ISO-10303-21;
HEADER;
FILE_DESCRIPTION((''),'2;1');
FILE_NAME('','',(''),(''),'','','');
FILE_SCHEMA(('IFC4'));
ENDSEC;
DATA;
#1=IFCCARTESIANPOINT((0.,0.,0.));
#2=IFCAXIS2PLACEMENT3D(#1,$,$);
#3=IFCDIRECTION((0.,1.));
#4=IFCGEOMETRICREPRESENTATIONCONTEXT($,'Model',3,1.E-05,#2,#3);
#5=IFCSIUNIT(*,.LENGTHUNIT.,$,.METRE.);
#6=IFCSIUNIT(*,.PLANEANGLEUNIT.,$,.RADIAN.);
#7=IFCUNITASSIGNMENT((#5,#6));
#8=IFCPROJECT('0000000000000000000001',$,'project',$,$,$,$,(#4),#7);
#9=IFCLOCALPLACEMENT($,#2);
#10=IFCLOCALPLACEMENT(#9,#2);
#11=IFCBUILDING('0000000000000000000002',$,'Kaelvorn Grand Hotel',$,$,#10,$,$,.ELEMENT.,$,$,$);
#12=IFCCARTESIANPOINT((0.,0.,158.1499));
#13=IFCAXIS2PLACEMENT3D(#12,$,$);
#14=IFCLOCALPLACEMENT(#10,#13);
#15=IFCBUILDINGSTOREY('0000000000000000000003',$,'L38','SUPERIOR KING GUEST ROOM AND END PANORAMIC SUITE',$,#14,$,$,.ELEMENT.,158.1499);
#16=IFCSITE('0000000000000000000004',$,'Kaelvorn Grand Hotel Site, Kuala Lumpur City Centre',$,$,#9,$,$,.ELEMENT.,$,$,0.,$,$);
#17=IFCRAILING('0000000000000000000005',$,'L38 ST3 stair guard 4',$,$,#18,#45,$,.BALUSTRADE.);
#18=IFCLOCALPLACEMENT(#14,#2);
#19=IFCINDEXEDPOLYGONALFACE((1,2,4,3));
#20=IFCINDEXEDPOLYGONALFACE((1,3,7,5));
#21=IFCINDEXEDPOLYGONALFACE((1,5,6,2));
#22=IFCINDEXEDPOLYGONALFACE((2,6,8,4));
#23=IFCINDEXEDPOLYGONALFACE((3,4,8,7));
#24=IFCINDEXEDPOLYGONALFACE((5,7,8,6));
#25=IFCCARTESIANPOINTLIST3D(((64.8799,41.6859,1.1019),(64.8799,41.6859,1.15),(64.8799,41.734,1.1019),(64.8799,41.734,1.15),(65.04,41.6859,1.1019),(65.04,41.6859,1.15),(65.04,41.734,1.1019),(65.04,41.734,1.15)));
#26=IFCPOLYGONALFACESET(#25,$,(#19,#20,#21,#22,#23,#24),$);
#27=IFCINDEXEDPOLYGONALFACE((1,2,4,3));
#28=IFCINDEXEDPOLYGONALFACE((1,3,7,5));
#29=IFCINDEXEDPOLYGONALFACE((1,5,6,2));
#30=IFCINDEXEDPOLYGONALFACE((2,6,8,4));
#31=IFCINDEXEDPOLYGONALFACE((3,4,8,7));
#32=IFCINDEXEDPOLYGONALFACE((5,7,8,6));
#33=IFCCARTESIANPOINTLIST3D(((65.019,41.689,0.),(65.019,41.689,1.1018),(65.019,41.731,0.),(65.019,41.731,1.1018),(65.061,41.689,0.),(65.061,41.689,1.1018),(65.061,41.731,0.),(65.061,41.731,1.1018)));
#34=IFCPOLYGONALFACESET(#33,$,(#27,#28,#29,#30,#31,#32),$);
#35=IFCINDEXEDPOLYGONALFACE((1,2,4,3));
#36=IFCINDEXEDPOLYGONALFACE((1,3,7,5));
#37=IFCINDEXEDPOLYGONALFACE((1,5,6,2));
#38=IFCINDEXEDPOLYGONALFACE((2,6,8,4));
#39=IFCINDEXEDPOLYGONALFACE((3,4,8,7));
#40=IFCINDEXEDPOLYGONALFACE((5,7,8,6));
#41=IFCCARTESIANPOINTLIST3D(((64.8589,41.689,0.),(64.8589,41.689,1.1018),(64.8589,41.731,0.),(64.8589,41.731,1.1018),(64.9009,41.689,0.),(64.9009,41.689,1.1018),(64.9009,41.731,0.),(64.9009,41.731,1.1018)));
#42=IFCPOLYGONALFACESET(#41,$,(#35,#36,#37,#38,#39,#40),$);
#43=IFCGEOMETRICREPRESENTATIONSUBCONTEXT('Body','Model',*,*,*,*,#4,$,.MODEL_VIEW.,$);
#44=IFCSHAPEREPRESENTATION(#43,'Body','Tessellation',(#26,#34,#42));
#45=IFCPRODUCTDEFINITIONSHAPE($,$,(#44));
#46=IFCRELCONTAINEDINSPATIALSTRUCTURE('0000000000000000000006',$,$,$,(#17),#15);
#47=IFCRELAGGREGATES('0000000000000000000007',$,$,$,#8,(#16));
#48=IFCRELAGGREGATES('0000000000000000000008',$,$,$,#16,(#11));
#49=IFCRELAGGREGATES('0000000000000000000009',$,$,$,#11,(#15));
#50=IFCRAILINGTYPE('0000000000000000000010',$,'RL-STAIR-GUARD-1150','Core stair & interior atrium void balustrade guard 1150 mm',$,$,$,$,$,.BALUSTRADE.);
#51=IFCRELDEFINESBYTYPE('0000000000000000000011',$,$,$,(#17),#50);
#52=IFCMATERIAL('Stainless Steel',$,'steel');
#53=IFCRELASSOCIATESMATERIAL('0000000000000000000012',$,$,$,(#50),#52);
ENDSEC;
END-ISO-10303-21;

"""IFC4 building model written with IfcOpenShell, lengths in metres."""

from ifc_helpers import new_model, si_unit, direction, frame, origin, origin_2d, place, context, subcontext, project, spatial, rectangle, extrude, material, type_object, element, save


model = new_model("IFC4")

# Units and contexts
model_context = context("Model", 3, precision=1e-05, world=origin(), true_north=direction((0.0, 1.0)))
body_context = subcontext(model_context, "Body", "Model", "MODEL_VIEW")
ifc_project = project(units=[si_unit("LENGTHUNIT", "METRE"), si_unit("PLANEANGLEUNIT", "RADIAN")], contexts=[model_context])

# Site, building, storey
site_placement = place(None, origin())
site = spatial("IfcSite", under=ifc_project, at=site_placement, Name="Kaelvorn Grand Hotel Site, Kuala Lumpur City Centre", CompositionType="ELEMENT", RefElevation=0.0)
building_placement = place(site_placement, origin())
building = spatial("IfcBuilding", under=site, at=building_placement, Name="Kaelvorn Grand Hotel", CompositionType="ELEMENT")
storey_placement = place(building_placement, frame((0.0, 0.0, 158.1499)))
storey = spatial("IfcBuildingStorey", under=building, at=storey_placement, Name="L38", Description="SUPERIOR KING GUEST ROOM AND END PANORAMIC SUITE", CompositionType="ELEMENT", Elevation=158.1499)

# Shared definitions
ifc_material_1 = material(Name="Stainless Steel", Category="steel")

# Railing
railing_type_1 = type_object("IfcRailingType", Name="RL-STAIR-GUARD-1150", Description="Core stair & interior atrium void balustrade guard 1150 mm", PredefinedType="BALUSTRADE", material=ifc_material_1)
railing_1_placement = place(storey_placement, frame((65.04, 41.71, 0.0)))
element("IfcRailing", 1, at=railing_1_placement, inside=storey, type_object=railing_type_1, Name="L38 ST3 stair guard 4", PredefinedType="BALUSTRADE", context=body_context, shape_type="SweptSolid", body=[
    extrude(rectangle(XDim=0.0481, YDim=0.0481, at=origin_2d()), frame((0.0, 0.0, 1.126), z_axis=(-1.0, 0.0, 0.0), x_axis=(0.0, -1.0, 0.0)), (0.0, 0.0, 1.0), 0.1602),
    extrude(rectangle(XDim=0.042, YDim=0.042, at=origin_2d()), origin(), (0.0, 0.0, 1.0), 1.1018),
    extrude(rectangle(XDim=0.042, YDim=0.042, at=origin_2d()), frame((-0.1602, 0.0, 0.0)), (0.0, 0.0, 1.0), 1.1018),
])

save(model, "model.ifc")
